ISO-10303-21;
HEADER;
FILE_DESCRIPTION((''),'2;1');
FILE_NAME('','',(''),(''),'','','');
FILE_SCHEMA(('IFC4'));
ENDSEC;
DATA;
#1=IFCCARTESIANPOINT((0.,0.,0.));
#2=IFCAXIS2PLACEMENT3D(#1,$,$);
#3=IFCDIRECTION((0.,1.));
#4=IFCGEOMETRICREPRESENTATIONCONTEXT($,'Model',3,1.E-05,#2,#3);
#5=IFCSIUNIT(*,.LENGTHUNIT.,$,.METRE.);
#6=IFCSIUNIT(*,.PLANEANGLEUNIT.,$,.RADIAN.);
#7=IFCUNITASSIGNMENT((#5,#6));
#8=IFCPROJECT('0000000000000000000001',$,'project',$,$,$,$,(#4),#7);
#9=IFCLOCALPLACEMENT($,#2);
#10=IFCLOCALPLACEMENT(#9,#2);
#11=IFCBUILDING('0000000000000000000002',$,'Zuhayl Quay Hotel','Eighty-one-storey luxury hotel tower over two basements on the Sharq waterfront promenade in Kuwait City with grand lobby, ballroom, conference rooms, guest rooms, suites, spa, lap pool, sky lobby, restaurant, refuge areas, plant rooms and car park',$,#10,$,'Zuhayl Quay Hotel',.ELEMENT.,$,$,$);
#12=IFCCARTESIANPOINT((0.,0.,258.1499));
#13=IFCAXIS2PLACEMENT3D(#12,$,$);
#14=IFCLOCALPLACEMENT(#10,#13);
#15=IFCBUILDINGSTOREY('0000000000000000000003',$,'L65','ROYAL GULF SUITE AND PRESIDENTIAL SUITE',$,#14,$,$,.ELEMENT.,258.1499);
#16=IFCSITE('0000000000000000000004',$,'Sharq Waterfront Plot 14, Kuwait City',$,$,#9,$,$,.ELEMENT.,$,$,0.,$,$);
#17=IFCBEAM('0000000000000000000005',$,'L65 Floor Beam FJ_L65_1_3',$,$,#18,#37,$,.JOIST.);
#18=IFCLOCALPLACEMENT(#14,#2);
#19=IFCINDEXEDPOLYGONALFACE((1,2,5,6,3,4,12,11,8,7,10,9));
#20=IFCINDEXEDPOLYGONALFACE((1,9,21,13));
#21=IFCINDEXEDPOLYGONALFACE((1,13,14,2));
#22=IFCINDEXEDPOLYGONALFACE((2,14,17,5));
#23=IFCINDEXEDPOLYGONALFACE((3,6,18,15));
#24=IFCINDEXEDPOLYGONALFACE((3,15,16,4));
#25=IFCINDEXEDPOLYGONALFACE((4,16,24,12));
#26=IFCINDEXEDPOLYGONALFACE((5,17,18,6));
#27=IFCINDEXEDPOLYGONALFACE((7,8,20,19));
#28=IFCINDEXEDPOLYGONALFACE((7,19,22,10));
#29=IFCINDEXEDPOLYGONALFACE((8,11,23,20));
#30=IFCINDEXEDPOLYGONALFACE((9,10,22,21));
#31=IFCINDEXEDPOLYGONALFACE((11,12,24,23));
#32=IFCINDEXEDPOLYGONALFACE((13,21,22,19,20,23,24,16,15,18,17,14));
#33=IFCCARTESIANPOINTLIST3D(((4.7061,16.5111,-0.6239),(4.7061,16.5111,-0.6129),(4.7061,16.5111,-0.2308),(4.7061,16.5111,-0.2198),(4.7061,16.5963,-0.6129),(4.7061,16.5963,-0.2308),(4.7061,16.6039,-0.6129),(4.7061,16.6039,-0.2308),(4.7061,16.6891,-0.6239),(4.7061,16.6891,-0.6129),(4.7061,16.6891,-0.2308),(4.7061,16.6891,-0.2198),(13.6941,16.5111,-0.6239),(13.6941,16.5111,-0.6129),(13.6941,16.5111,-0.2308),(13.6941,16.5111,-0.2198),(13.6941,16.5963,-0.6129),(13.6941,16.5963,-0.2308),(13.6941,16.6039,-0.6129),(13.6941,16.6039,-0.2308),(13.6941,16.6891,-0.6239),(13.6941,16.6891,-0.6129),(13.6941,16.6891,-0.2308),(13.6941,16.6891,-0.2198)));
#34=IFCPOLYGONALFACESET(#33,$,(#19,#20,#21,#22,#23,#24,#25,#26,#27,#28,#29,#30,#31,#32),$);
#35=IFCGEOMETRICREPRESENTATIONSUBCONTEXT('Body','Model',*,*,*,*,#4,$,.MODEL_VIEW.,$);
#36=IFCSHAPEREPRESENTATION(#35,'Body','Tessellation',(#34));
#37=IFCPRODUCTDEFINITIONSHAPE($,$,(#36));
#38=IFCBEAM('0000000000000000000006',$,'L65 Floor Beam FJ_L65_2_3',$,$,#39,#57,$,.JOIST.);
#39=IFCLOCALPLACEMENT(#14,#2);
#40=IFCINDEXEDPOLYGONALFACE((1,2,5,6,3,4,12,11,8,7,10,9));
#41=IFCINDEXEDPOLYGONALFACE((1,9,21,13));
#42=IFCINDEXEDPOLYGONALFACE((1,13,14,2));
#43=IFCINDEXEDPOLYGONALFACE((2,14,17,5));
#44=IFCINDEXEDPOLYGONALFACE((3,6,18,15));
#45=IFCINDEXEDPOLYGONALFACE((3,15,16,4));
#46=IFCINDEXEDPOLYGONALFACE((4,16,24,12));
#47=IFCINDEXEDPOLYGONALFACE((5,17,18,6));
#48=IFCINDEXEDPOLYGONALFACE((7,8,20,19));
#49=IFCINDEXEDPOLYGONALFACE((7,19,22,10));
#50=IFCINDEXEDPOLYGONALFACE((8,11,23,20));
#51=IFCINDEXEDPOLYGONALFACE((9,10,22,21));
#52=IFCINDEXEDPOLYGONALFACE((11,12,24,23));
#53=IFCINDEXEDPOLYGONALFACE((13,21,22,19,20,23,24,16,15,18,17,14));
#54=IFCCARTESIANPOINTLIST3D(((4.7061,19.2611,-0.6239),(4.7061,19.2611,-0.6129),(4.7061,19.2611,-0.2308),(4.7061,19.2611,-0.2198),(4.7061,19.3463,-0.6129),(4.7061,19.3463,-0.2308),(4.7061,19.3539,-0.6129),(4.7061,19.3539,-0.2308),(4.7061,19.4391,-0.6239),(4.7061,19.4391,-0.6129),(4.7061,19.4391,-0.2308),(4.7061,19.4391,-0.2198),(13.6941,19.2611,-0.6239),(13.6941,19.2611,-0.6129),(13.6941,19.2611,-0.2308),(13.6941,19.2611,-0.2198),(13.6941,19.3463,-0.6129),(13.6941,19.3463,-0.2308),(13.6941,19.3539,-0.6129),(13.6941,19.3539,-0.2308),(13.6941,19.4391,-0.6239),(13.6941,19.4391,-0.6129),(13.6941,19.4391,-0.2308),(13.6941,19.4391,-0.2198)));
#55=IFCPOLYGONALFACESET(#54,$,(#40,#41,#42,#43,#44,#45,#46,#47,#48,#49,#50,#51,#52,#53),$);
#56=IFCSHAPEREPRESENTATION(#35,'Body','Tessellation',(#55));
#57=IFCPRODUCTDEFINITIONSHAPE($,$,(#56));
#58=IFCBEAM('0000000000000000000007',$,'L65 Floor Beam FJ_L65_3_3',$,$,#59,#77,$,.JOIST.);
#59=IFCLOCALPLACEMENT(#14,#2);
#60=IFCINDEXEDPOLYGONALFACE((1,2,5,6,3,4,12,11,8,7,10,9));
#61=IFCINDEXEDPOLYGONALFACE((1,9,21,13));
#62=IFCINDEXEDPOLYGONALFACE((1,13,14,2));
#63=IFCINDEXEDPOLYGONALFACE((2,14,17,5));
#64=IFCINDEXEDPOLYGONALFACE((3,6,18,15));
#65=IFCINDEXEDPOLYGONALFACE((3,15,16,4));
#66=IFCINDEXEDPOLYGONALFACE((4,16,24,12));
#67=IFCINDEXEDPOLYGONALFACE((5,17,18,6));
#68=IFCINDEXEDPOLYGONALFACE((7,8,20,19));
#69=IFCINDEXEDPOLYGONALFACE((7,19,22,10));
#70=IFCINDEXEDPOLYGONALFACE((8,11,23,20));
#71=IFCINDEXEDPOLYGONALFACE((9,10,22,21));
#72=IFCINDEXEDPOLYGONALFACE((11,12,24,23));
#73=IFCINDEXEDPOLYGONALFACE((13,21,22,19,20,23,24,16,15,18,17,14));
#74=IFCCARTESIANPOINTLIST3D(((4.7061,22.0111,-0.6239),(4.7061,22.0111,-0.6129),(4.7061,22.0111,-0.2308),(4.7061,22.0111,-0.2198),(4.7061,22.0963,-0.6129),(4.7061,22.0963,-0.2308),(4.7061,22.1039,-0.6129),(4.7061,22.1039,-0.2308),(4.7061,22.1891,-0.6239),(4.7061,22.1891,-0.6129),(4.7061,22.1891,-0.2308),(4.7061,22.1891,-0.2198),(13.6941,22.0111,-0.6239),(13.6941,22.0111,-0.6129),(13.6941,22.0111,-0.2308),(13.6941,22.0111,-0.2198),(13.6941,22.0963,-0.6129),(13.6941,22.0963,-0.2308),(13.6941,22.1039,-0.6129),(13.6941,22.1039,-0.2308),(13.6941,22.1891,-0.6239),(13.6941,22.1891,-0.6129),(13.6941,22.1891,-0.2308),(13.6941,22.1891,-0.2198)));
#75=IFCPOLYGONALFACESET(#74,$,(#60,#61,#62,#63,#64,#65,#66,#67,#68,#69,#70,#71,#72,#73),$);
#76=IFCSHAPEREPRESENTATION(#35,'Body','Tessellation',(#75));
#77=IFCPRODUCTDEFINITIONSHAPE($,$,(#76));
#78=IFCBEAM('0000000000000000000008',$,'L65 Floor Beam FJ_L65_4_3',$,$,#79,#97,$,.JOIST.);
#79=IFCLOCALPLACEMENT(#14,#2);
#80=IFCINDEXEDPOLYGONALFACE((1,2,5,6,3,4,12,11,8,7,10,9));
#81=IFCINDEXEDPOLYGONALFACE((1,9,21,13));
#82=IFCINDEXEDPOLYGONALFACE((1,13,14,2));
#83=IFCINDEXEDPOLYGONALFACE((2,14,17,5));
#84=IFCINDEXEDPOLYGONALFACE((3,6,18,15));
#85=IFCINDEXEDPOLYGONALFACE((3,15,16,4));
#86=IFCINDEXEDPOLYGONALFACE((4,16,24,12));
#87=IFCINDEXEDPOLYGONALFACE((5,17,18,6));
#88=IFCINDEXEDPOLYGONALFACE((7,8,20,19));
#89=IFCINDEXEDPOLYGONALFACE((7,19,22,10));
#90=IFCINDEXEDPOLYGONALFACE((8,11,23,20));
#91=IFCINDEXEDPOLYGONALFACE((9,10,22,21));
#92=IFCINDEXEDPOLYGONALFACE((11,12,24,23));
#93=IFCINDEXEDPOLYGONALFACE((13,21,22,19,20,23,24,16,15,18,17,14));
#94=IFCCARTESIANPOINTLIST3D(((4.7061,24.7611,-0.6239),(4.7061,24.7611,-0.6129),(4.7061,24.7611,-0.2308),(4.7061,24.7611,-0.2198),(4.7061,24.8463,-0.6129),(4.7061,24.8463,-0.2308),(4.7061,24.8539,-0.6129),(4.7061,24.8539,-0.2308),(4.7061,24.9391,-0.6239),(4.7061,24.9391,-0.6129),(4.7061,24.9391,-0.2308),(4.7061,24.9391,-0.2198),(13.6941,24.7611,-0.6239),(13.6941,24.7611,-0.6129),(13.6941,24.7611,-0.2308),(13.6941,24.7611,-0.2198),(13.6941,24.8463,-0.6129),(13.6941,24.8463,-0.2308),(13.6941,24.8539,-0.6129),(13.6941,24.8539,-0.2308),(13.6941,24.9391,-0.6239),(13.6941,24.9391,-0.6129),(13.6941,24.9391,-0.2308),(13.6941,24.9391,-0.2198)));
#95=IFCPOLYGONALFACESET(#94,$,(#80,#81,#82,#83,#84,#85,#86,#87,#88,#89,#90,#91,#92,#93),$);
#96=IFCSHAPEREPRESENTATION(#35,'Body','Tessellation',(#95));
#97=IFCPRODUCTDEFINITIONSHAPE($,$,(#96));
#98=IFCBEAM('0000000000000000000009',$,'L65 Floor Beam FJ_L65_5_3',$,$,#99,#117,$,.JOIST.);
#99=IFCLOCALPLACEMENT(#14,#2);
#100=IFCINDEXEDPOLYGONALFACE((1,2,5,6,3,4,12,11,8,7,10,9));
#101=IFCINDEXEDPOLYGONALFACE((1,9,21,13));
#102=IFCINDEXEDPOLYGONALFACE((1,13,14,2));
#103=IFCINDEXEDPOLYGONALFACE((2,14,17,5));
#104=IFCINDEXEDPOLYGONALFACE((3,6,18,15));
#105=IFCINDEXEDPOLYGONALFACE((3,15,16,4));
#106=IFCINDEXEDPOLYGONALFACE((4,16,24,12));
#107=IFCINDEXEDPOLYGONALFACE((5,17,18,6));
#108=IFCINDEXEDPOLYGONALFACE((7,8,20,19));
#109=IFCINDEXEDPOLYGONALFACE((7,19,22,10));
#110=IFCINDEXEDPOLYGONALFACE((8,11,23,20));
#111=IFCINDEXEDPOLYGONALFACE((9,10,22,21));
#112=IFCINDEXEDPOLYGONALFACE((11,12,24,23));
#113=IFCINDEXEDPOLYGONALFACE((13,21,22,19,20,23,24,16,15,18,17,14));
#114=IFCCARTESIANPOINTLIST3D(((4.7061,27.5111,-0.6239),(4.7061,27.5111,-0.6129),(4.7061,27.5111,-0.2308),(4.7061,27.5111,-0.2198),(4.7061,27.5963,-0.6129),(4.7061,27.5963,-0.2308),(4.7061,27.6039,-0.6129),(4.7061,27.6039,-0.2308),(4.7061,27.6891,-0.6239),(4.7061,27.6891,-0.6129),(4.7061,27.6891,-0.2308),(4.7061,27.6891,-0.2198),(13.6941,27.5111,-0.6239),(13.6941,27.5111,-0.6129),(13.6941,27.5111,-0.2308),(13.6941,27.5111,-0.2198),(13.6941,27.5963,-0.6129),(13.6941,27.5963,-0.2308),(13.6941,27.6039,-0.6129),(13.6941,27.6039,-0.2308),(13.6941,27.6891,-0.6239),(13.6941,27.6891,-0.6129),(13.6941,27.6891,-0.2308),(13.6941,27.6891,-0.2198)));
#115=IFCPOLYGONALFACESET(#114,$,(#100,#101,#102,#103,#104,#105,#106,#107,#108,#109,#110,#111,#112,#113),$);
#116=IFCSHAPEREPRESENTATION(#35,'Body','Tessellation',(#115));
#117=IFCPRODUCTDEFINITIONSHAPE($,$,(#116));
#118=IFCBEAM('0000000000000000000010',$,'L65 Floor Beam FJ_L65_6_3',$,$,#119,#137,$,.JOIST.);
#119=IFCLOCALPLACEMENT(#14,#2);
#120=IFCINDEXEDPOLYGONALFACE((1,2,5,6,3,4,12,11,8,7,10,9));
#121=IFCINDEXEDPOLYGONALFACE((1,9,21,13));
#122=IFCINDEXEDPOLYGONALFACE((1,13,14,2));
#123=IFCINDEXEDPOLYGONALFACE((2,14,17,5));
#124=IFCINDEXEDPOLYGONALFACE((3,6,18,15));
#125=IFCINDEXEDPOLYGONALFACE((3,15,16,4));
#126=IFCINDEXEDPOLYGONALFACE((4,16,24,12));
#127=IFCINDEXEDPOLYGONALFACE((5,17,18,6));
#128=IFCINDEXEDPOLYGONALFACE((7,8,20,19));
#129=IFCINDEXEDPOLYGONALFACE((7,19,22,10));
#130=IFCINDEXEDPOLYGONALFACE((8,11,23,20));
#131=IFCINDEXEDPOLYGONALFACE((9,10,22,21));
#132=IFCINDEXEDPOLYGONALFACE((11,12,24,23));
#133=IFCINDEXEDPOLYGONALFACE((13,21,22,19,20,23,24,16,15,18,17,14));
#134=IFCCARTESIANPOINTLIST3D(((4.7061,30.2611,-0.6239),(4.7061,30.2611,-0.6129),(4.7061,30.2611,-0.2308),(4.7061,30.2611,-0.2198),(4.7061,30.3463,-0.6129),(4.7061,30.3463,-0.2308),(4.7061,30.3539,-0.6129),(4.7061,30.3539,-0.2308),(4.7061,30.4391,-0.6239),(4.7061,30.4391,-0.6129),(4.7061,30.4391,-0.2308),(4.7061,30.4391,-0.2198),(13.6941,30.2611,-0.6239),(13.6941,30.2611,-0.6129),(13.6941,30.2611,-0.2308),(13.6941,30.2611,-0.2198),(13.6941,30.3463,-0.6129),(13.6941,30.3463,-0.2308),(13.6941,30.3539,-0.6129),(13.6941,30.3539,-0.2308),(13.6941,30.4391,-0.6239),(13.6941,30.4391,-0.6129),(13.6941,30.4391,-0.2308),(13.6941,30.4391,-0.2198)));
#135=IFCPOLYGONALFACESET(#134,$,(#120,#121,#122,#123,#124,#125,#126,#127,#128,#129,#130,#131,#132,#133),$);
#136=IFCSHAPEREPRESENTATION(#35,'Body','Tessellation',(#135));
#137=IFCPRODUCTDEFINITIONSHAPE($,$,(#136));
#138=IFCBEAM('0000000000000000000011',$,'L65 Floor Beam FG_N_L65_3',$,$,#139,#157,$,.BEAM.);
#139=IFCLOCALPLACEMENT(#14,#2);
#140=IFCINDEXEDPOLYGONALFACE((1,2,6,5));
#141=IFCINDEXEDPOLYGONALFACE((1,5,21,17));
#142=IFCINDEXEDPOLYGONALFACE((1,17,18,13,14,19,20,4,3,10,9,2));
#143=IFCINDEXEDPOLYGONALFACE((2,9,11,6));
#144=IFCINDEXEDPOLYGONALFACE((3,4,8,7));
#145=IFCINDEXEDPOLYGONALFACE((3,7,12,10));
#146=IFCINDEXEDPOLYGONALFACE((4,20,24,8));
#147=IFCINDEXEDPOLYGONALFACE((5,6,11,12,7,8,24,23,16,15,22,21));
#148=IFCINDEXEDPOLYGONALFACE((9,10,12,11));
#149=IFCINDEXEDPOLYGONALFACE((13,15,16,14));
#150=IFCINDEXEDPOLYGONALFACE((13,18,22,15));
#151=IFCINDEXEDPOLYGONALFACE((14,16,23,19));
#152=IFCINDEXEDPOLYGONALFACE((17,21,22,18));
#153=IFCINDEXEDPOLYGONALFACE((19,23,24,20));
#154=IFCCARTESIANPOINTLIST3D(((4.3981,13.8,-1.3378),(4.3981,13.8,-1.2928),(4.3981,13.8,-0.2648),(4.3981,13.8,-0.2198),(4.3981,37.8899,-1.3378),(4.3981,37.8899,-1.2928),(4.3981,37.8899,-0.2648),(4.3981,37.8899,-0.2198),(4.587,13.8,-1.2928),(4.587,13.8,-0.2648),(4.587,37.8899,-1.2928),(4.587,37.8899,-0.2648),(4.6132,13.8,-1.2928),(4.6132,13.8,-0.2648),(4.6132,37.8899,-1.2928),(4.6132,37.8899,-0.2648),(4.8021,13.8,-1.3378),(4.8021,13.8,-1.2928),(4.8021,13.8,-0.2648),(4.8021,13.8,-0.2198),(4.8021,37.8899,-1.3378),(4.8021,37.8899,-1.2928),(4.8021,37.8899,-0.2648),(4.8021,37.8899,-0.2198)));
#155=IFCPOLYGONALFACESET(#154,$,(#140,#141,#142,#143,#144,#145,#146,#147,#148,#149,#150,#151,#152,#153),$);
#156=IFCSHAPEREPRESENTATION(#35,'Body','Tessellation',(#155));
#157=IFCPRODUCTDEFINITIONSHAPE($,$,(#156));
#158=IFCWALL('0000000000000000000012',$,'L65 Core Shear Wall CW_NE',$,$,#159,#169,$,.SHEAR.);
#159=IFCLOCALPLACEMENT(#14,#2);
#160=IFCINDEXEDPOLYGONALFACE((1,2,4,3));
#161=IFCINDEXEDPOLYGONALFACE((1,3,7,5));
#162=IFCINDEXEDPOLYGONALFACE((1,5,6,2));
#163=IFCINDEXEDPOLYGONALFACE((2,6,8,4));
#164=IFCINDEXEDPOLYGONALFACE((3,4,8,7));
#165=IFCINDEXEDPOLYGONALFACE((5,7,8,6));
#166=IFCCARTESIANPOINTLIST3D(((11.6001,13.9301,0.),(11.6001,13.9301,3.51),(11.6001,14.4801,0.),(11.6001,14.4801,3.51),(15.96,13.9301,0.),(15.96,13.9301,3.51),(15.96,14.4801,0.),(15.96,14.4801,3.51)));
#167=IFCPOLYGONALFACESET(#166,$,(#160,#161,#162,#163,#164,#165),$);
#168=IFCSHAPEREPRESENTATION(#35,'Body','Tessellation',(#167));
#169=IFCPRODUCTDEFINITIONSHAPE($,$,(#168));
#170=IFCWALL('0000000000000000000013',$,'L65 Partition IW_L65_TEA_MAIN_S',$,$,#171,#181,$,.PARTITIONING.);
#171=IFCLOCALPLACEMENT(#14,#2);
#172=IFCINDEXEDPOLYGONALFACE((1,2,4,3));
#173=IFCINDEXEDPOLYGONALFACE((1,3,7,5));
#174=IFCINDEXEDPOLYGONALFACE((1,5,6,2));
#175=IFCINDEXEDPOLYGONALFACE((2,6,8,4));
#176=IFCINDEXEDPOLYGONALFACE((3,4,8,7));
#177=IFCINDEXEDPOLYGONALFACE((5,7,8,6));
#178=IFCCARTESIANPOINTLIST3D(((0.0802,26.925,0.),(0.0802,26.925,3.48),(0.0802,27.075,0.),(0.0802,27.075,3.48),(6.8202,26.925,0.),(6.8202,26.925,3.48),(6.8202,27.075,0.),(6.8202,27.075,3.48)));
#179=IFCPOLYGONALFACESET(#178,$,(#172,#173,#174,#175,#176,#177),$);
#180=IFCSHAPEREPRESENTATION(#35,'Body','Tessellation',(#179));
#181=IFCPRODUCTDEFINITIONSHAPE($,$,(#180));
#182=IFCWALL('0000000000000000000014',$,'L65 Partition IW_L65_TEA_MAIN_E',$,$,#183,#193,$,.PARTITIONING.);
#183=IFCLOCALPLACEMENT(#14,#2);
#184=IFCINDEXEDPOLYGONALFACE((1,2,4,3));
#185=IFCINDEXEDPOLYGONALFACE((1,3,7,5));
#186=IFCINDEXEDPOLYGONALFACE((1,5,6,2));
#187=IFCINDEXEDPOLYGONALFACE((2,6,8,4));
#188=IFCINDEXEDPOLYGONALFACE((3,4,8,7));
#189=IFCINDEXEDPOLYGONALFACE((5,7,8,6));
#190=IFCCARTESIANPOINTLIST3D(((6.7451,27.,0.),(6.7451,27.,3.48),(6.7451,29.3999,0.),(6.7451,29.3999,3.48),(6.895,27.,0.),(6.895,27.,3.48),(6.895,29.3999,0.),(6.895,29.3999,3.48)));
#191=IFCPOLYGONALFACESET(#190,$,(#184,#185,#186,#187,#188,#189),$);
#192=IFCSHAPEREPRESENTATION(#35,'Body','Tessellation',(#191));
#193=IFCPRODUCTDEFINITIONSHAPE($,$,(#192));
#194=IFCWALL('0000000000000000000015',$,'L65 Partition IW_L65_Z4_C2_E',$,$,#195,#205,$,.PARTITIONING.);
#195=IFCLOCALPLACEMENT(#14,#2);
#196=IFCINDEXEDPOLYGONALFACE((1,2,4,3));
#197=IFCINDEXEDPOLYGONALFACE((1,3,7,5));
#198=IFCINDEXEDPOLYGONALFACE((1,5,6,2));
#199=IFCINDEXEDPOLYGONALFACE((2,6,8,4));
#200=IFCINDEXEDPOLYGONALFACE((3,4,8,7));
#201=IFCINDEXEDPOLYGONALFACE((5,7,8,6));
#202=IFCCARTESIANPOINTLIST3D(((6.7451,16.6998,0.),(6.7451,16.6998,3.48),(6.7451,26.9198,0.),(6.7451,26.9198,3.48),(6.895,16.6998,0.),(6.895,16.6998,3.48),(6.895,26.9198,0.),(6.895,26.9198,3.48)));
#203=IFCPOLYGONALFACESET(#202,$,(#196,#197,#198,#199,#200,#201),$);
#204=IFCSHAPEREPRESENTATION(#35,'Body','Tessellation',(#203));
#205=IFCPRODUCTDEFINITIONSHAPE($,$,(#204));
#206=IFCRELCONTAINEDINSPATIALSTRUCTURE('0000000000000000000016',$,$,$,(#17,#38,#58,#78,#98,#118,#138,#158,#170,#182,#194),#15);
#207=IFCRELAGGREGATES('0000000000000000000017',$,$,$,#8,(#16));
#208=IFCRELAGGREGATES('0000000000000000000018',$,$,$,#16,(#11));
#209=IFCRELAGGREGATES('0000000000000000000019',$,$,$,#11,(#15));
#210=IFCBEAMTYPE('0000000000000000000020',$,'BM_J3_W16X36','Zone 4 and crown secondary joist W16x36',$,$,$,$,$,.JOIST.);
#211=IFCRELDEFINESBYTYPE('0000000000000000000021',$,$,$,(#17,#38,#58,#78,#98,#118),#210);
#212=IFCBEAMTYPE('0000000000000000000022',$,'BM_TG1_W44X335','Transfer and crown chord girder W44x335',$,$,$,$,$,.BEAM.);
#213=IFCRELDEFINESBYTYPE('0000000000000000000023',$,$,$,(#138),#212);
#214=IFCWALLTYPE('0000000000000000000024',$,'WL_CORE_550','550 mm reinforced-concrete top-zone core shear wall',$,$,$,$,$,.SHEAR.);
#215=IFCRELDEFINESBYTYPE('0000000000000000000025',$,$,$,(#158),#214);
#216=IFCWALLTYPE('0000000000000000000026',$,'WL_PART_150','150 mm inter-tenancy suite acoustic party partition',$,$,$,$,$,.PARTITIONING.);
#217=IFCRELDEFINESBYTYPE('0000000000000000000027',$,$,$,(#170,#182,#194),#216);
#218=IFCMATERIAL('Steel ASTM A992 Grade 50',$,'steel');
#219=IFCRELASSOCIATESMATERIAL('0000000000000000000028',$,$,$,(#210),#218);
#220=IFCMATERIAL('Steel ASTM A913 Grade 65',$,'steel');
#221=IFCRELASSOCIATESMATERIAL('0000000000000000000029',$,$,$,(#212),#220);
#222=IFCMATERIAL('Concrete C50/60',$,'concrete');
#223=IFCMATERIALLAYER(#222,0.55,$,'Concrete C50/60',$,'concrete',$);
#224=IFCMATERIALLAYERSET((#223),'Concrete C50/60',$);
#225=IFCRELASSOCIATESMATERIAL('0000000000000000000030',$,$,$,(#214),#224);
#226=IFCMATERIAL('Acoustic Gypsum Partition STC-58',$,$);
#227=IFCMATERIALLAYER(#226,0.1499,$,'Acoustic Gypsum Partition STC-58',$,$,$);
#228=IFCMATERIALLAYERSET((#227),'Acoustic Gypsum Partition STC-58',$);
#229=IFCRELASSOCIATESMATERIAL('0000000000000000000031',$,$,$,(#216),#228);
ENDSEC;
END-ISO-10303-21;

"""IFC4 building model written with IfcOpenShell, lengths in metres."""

from ifc_helpers import new_model, si_unit, direction, frame, frame_2d, origin, origin_2d, place, context, subcontext, project, spatial, rectangle, i_section, extrude, material, layer, layer_set, material_profile, profile_set, type_object, element, save


model = new_model("IFC4")

# Units and contexts
model_context = context("Model", 3, precision=1e-05, world=origin(), true_north=direction((0.0, 1.0)))
body_context = subcontext(model_context, "Body", "Model", "MODEL_VIEW")
ifc_project = project(units=[si_unit("LENGTHUNIT", "METRE"), si_unit("PLANEANGLEUNIT", "RADIAN")], contexts=[model_context])

# Site, building, storey
site_placement = place(None, origin())
site = spatial("IfcSite", under=ifc_project, at=site_placement, Name="Sharq Waterfront Plot 14, Kuwait City", CompositionType="ELEMENT", RefElevation=0.0)
building_placement = place(site_placement, origin())
building = spatial("IfcBuilding", under=site, at=building_placement, Name="Zuhayl Quay Hotel", Description="Eighty-one-storey luxury hotel tower over two basements on the Sharq waterfront promenade in Kuwait City with grand lobby, ballroom, conference rooms, guest rooms, suites, spa, lap pool, sky lobby, restaurant, refuge areas, plant rooms and car park", LongName="Zuhayl Quay Hotel", CompositionType="ELEMENT")
storey_placement = place(building_placement, frame((0.0, 0.0, 258.1499)))
storey = spatial("IfcBuildingStorey", under=building, at=storey_placement, Name="L65", Description="ROYAL GULF SUITE AND PRESIDENTIAL SUITE", CompositionType="ELEMENT", Elevation=258.1499)

# Beams
ifc_material_1 = material(Name="Steel ASTM A992 Grade 50", Category="steel")
ifc_material_profile_1 = material_profile(ifc_material_1, i_section(OverallWidth=0.178, OverallDepth=0.4041, WebThickness=0.0076, FlangeThickness=0.011, at=origin_2d()), Name="W16X36")
ifc_profile_set_1 = profile_set([ifc_material_profile_1], Name="Steel ASTM A992 Grade 50")
beam_type_1 = type_object("IfcBeamType", Name="BM_J3_W16X36", Description="Zone 4 and crown secondary joist W16x36", PredefinedType="JOIST", material=ifc_profile_set_1)
for number, where, z_axis, x_axis, name in (
    (1, (4.7061, 16.6001, -0.4219), (1.0, 0.0, 0.0), (0.0, 1.0, 0.0), "L65 Floor Beam FJ_L65_1_3"),
    (2, (4.7061, 19.3501, -0.4219), (1.0, 0.0, 0.0), (0.0, 1.0, 0.0), "L65 Floor Beam FJ_L65_2_3"),
    (3, (4.7061, 22.1001, -0.4219), (1.0, 0.0, 0.0), (0.0, 1.0, 0.0), "L65 Floor Beam FJ_L65_3_3"),
    (4, (4.7061, 24.8501, -0.4219), (1.0, 0.0, 0.0), (0.0, 1.0, 0.0), "L65 Floor Beam FJ_L65_4_3"),
    (5, (4.7061, 27.6001, -0.4219), (1.0, 0.0, 0.0), (0.0, 1.0, 0.0), "L65 Floor Beam FJ_L65_5_3"),
    (6, (4.7061, 30.3501, -0.4219), (1.0, 0.0, 0.0), (0.0, 1.0, 0.0), "L65 Floor Beam FJ_L65_6_3"),
):
    element("IfcBeam", number, at=place(storey_placement, frame(where, z_axis=z_axis, x_axis=x_axis)), inside=storey, type_object=beam_type_1, Name=name, PredefinedType="JOIST", context=body_context, shape_type="SweptSolid", body=[
        extrude(i_section(OverallWidth=0.178, OverallDepth=0.4041, WebThickness=0.0076, FlangeThickness=0.011, at=origin_2d()), origin(), (0.0, 0.0, 1.0), 8.988),
    ])
ifc_material_2 = material(Name="Steel ASTM A913 Grade 65", Category="steel")
ifc_material_profile_2 = material_profile(ifc_material_2, i_section(OverallWidth=0.4041, OverallDepth=1.1179, WebThickness=0.0261, FlangeThickness=0.0449, at=origin_2d()), Name="W44X335")
ifc_profile_set_2 = profile_set([ifc_material_profile_2], Name="Steel ASTM A913 Grade 65")
beam_type_2 = type_object("IfcBeamType", Name="BM_TG1_W44X335", Description="Transfer and crown chord girder W44x335", PredefinedType="BEAM", material=ifc_profile_set_2)
beam_placement = place(storey_placement, frame((4.6001, 13.8, -0.7788), z_axis=(0.0, 1.0, 0.0), x_axis=(-1.0, 0.0, 0.0)))
element("IfcBeam", 7, at=beam_placement, inside=storey, type_object=beam_type_2, Name="L65 Floor Beam FG_N_L65_3", PredefinedType="BEAM", context=body_context, shape_type="SweptSolid", body=[
    extrude(i_section(OverallWidth=0.4041, OverallDepth=1.1179, WebThickness=0.0261, FlangeThickness=0.0449, at=origin_2d()), origin(), (0.0, 0.0, 1.0), 24.0898),
])

# Walls
ifc_material_3 = material(Name="Concrete C50/60", Category="concrete")
ifc_layer_1 = layer(ifc_material_3, 0.55, Name="Concrete C50/60", Category="concrete")
ifc_layer_set_1 = layer_set([ifc_layer_1], Name="Concrete C50/60")
wall_type_1 = type_object("IfcWallType", Name="WL_CORE_550", Description="550 mm reinforced-concrete top-zone core shear wall", PredefinedType="SHEAR", material=ifc_layer_set_1)
wall_1_placement = place(storey_placement, frame((11.6001, 14.2051, 0.0), z_axis=(0.0, 0.0, 1.0), x_axis=(1.0, 0.0, 0.0)))
element("IfcWall", 8, at=wall_1_placement, inside=storey, type_object=wall_type_1, Name="L65 Core Shear Wall CW_NE", PredefinedType="SHEAR", context=body_context, shape_type="SweptSolid", body=[
    extrude(rectangle(XDim=4.3599, YDim=0.55, at=frame_2d((2.1799, 0.0))), origin(), (0.0, 0.0, 1.0), 3.51),
])
ifc_material_4 = material(Name="Acoustic Gypsum Partition STC-58")
ifc_layer_2 = layer(ifc_material_4, 0.1499, Name="Acoustic Gypsum Partition STC-58")
ifc_layer_set_2 = layer_set([ifc_layer_2], Name="Acoustic Gypsum Partition STC-58")
wall_type_2 = type_object("IfcWallType", Name="WL_PART_150", Description="150 mm inter-tenancy suite acoustic party partition", PredefinedType="PARTITIONING", material=ifc_layer_set_2)
wall_2_placement = place(storey_placement, frame((0.0801, 27.0, 0.0), z_axis=(0.0, 0.0, 1.0), x_axis=(1.0, 0.0, 0.0)))
element("IfcWall", 9, at=wall_2_placement, inside=storey, type_object=wall_type_2, Name="L65 Partition IW_L65_TEA_MAIN_S", PredefinedType="PARTITIONING", context=body_context, shape_type="SweptSolid", body=[
    extrude(rectangle(XDim=6.74, YDim=0.1499, at=frame_2d((3.3701, 0.0))), origin(), (0.0, 0.0, 1.0), 3.48),
])
wall_3_placement = place(storey_placement, frame((6.8201, 27.0, 0.0), z_axis=(0.0, 0.0, 1.0), x_axis=(0.0, 1.0, 0.0)))
element("IfcWall", 10, at=wall_3_placement, inside=storey, type_object=wall_type_2, Name="L65 Partition IW_L65_TEA_MAIN_E", PredefinedType="PARTITIONING", context=body_context, shape_type="SweptSolid", body=[
    extrude(rectangle(XDim=2.3999, YDim=0.1499, at=frame_2d((1.2, 0.0))), origin(), (0.0, 0.0, 1.0), 3.48),
])
wall_4_placement = place(storey_placement, frame((6.8201, 16.7, 0.0), z_axis=(0.0, 0.0, 1.0), x_axis=(0.0, 1.0, 0.0)))
element("IfcWall", 11, at=wall_4_placement, inside=storey, type_object=wall_type_2, Name="L65 Partition IW_L65_Z4_C2_E", PredefinedType="PARTITIONING", context=body_context, shape_type="SweptSolid", body=[
    extrude(rectangle(XDim=10.22, YDim=0.1499, at=frame_2d((5.1099, 0.0))), origin(), (0.0, 0.0, 1.0), 3.48),
])

save(model, "model.ifc")
